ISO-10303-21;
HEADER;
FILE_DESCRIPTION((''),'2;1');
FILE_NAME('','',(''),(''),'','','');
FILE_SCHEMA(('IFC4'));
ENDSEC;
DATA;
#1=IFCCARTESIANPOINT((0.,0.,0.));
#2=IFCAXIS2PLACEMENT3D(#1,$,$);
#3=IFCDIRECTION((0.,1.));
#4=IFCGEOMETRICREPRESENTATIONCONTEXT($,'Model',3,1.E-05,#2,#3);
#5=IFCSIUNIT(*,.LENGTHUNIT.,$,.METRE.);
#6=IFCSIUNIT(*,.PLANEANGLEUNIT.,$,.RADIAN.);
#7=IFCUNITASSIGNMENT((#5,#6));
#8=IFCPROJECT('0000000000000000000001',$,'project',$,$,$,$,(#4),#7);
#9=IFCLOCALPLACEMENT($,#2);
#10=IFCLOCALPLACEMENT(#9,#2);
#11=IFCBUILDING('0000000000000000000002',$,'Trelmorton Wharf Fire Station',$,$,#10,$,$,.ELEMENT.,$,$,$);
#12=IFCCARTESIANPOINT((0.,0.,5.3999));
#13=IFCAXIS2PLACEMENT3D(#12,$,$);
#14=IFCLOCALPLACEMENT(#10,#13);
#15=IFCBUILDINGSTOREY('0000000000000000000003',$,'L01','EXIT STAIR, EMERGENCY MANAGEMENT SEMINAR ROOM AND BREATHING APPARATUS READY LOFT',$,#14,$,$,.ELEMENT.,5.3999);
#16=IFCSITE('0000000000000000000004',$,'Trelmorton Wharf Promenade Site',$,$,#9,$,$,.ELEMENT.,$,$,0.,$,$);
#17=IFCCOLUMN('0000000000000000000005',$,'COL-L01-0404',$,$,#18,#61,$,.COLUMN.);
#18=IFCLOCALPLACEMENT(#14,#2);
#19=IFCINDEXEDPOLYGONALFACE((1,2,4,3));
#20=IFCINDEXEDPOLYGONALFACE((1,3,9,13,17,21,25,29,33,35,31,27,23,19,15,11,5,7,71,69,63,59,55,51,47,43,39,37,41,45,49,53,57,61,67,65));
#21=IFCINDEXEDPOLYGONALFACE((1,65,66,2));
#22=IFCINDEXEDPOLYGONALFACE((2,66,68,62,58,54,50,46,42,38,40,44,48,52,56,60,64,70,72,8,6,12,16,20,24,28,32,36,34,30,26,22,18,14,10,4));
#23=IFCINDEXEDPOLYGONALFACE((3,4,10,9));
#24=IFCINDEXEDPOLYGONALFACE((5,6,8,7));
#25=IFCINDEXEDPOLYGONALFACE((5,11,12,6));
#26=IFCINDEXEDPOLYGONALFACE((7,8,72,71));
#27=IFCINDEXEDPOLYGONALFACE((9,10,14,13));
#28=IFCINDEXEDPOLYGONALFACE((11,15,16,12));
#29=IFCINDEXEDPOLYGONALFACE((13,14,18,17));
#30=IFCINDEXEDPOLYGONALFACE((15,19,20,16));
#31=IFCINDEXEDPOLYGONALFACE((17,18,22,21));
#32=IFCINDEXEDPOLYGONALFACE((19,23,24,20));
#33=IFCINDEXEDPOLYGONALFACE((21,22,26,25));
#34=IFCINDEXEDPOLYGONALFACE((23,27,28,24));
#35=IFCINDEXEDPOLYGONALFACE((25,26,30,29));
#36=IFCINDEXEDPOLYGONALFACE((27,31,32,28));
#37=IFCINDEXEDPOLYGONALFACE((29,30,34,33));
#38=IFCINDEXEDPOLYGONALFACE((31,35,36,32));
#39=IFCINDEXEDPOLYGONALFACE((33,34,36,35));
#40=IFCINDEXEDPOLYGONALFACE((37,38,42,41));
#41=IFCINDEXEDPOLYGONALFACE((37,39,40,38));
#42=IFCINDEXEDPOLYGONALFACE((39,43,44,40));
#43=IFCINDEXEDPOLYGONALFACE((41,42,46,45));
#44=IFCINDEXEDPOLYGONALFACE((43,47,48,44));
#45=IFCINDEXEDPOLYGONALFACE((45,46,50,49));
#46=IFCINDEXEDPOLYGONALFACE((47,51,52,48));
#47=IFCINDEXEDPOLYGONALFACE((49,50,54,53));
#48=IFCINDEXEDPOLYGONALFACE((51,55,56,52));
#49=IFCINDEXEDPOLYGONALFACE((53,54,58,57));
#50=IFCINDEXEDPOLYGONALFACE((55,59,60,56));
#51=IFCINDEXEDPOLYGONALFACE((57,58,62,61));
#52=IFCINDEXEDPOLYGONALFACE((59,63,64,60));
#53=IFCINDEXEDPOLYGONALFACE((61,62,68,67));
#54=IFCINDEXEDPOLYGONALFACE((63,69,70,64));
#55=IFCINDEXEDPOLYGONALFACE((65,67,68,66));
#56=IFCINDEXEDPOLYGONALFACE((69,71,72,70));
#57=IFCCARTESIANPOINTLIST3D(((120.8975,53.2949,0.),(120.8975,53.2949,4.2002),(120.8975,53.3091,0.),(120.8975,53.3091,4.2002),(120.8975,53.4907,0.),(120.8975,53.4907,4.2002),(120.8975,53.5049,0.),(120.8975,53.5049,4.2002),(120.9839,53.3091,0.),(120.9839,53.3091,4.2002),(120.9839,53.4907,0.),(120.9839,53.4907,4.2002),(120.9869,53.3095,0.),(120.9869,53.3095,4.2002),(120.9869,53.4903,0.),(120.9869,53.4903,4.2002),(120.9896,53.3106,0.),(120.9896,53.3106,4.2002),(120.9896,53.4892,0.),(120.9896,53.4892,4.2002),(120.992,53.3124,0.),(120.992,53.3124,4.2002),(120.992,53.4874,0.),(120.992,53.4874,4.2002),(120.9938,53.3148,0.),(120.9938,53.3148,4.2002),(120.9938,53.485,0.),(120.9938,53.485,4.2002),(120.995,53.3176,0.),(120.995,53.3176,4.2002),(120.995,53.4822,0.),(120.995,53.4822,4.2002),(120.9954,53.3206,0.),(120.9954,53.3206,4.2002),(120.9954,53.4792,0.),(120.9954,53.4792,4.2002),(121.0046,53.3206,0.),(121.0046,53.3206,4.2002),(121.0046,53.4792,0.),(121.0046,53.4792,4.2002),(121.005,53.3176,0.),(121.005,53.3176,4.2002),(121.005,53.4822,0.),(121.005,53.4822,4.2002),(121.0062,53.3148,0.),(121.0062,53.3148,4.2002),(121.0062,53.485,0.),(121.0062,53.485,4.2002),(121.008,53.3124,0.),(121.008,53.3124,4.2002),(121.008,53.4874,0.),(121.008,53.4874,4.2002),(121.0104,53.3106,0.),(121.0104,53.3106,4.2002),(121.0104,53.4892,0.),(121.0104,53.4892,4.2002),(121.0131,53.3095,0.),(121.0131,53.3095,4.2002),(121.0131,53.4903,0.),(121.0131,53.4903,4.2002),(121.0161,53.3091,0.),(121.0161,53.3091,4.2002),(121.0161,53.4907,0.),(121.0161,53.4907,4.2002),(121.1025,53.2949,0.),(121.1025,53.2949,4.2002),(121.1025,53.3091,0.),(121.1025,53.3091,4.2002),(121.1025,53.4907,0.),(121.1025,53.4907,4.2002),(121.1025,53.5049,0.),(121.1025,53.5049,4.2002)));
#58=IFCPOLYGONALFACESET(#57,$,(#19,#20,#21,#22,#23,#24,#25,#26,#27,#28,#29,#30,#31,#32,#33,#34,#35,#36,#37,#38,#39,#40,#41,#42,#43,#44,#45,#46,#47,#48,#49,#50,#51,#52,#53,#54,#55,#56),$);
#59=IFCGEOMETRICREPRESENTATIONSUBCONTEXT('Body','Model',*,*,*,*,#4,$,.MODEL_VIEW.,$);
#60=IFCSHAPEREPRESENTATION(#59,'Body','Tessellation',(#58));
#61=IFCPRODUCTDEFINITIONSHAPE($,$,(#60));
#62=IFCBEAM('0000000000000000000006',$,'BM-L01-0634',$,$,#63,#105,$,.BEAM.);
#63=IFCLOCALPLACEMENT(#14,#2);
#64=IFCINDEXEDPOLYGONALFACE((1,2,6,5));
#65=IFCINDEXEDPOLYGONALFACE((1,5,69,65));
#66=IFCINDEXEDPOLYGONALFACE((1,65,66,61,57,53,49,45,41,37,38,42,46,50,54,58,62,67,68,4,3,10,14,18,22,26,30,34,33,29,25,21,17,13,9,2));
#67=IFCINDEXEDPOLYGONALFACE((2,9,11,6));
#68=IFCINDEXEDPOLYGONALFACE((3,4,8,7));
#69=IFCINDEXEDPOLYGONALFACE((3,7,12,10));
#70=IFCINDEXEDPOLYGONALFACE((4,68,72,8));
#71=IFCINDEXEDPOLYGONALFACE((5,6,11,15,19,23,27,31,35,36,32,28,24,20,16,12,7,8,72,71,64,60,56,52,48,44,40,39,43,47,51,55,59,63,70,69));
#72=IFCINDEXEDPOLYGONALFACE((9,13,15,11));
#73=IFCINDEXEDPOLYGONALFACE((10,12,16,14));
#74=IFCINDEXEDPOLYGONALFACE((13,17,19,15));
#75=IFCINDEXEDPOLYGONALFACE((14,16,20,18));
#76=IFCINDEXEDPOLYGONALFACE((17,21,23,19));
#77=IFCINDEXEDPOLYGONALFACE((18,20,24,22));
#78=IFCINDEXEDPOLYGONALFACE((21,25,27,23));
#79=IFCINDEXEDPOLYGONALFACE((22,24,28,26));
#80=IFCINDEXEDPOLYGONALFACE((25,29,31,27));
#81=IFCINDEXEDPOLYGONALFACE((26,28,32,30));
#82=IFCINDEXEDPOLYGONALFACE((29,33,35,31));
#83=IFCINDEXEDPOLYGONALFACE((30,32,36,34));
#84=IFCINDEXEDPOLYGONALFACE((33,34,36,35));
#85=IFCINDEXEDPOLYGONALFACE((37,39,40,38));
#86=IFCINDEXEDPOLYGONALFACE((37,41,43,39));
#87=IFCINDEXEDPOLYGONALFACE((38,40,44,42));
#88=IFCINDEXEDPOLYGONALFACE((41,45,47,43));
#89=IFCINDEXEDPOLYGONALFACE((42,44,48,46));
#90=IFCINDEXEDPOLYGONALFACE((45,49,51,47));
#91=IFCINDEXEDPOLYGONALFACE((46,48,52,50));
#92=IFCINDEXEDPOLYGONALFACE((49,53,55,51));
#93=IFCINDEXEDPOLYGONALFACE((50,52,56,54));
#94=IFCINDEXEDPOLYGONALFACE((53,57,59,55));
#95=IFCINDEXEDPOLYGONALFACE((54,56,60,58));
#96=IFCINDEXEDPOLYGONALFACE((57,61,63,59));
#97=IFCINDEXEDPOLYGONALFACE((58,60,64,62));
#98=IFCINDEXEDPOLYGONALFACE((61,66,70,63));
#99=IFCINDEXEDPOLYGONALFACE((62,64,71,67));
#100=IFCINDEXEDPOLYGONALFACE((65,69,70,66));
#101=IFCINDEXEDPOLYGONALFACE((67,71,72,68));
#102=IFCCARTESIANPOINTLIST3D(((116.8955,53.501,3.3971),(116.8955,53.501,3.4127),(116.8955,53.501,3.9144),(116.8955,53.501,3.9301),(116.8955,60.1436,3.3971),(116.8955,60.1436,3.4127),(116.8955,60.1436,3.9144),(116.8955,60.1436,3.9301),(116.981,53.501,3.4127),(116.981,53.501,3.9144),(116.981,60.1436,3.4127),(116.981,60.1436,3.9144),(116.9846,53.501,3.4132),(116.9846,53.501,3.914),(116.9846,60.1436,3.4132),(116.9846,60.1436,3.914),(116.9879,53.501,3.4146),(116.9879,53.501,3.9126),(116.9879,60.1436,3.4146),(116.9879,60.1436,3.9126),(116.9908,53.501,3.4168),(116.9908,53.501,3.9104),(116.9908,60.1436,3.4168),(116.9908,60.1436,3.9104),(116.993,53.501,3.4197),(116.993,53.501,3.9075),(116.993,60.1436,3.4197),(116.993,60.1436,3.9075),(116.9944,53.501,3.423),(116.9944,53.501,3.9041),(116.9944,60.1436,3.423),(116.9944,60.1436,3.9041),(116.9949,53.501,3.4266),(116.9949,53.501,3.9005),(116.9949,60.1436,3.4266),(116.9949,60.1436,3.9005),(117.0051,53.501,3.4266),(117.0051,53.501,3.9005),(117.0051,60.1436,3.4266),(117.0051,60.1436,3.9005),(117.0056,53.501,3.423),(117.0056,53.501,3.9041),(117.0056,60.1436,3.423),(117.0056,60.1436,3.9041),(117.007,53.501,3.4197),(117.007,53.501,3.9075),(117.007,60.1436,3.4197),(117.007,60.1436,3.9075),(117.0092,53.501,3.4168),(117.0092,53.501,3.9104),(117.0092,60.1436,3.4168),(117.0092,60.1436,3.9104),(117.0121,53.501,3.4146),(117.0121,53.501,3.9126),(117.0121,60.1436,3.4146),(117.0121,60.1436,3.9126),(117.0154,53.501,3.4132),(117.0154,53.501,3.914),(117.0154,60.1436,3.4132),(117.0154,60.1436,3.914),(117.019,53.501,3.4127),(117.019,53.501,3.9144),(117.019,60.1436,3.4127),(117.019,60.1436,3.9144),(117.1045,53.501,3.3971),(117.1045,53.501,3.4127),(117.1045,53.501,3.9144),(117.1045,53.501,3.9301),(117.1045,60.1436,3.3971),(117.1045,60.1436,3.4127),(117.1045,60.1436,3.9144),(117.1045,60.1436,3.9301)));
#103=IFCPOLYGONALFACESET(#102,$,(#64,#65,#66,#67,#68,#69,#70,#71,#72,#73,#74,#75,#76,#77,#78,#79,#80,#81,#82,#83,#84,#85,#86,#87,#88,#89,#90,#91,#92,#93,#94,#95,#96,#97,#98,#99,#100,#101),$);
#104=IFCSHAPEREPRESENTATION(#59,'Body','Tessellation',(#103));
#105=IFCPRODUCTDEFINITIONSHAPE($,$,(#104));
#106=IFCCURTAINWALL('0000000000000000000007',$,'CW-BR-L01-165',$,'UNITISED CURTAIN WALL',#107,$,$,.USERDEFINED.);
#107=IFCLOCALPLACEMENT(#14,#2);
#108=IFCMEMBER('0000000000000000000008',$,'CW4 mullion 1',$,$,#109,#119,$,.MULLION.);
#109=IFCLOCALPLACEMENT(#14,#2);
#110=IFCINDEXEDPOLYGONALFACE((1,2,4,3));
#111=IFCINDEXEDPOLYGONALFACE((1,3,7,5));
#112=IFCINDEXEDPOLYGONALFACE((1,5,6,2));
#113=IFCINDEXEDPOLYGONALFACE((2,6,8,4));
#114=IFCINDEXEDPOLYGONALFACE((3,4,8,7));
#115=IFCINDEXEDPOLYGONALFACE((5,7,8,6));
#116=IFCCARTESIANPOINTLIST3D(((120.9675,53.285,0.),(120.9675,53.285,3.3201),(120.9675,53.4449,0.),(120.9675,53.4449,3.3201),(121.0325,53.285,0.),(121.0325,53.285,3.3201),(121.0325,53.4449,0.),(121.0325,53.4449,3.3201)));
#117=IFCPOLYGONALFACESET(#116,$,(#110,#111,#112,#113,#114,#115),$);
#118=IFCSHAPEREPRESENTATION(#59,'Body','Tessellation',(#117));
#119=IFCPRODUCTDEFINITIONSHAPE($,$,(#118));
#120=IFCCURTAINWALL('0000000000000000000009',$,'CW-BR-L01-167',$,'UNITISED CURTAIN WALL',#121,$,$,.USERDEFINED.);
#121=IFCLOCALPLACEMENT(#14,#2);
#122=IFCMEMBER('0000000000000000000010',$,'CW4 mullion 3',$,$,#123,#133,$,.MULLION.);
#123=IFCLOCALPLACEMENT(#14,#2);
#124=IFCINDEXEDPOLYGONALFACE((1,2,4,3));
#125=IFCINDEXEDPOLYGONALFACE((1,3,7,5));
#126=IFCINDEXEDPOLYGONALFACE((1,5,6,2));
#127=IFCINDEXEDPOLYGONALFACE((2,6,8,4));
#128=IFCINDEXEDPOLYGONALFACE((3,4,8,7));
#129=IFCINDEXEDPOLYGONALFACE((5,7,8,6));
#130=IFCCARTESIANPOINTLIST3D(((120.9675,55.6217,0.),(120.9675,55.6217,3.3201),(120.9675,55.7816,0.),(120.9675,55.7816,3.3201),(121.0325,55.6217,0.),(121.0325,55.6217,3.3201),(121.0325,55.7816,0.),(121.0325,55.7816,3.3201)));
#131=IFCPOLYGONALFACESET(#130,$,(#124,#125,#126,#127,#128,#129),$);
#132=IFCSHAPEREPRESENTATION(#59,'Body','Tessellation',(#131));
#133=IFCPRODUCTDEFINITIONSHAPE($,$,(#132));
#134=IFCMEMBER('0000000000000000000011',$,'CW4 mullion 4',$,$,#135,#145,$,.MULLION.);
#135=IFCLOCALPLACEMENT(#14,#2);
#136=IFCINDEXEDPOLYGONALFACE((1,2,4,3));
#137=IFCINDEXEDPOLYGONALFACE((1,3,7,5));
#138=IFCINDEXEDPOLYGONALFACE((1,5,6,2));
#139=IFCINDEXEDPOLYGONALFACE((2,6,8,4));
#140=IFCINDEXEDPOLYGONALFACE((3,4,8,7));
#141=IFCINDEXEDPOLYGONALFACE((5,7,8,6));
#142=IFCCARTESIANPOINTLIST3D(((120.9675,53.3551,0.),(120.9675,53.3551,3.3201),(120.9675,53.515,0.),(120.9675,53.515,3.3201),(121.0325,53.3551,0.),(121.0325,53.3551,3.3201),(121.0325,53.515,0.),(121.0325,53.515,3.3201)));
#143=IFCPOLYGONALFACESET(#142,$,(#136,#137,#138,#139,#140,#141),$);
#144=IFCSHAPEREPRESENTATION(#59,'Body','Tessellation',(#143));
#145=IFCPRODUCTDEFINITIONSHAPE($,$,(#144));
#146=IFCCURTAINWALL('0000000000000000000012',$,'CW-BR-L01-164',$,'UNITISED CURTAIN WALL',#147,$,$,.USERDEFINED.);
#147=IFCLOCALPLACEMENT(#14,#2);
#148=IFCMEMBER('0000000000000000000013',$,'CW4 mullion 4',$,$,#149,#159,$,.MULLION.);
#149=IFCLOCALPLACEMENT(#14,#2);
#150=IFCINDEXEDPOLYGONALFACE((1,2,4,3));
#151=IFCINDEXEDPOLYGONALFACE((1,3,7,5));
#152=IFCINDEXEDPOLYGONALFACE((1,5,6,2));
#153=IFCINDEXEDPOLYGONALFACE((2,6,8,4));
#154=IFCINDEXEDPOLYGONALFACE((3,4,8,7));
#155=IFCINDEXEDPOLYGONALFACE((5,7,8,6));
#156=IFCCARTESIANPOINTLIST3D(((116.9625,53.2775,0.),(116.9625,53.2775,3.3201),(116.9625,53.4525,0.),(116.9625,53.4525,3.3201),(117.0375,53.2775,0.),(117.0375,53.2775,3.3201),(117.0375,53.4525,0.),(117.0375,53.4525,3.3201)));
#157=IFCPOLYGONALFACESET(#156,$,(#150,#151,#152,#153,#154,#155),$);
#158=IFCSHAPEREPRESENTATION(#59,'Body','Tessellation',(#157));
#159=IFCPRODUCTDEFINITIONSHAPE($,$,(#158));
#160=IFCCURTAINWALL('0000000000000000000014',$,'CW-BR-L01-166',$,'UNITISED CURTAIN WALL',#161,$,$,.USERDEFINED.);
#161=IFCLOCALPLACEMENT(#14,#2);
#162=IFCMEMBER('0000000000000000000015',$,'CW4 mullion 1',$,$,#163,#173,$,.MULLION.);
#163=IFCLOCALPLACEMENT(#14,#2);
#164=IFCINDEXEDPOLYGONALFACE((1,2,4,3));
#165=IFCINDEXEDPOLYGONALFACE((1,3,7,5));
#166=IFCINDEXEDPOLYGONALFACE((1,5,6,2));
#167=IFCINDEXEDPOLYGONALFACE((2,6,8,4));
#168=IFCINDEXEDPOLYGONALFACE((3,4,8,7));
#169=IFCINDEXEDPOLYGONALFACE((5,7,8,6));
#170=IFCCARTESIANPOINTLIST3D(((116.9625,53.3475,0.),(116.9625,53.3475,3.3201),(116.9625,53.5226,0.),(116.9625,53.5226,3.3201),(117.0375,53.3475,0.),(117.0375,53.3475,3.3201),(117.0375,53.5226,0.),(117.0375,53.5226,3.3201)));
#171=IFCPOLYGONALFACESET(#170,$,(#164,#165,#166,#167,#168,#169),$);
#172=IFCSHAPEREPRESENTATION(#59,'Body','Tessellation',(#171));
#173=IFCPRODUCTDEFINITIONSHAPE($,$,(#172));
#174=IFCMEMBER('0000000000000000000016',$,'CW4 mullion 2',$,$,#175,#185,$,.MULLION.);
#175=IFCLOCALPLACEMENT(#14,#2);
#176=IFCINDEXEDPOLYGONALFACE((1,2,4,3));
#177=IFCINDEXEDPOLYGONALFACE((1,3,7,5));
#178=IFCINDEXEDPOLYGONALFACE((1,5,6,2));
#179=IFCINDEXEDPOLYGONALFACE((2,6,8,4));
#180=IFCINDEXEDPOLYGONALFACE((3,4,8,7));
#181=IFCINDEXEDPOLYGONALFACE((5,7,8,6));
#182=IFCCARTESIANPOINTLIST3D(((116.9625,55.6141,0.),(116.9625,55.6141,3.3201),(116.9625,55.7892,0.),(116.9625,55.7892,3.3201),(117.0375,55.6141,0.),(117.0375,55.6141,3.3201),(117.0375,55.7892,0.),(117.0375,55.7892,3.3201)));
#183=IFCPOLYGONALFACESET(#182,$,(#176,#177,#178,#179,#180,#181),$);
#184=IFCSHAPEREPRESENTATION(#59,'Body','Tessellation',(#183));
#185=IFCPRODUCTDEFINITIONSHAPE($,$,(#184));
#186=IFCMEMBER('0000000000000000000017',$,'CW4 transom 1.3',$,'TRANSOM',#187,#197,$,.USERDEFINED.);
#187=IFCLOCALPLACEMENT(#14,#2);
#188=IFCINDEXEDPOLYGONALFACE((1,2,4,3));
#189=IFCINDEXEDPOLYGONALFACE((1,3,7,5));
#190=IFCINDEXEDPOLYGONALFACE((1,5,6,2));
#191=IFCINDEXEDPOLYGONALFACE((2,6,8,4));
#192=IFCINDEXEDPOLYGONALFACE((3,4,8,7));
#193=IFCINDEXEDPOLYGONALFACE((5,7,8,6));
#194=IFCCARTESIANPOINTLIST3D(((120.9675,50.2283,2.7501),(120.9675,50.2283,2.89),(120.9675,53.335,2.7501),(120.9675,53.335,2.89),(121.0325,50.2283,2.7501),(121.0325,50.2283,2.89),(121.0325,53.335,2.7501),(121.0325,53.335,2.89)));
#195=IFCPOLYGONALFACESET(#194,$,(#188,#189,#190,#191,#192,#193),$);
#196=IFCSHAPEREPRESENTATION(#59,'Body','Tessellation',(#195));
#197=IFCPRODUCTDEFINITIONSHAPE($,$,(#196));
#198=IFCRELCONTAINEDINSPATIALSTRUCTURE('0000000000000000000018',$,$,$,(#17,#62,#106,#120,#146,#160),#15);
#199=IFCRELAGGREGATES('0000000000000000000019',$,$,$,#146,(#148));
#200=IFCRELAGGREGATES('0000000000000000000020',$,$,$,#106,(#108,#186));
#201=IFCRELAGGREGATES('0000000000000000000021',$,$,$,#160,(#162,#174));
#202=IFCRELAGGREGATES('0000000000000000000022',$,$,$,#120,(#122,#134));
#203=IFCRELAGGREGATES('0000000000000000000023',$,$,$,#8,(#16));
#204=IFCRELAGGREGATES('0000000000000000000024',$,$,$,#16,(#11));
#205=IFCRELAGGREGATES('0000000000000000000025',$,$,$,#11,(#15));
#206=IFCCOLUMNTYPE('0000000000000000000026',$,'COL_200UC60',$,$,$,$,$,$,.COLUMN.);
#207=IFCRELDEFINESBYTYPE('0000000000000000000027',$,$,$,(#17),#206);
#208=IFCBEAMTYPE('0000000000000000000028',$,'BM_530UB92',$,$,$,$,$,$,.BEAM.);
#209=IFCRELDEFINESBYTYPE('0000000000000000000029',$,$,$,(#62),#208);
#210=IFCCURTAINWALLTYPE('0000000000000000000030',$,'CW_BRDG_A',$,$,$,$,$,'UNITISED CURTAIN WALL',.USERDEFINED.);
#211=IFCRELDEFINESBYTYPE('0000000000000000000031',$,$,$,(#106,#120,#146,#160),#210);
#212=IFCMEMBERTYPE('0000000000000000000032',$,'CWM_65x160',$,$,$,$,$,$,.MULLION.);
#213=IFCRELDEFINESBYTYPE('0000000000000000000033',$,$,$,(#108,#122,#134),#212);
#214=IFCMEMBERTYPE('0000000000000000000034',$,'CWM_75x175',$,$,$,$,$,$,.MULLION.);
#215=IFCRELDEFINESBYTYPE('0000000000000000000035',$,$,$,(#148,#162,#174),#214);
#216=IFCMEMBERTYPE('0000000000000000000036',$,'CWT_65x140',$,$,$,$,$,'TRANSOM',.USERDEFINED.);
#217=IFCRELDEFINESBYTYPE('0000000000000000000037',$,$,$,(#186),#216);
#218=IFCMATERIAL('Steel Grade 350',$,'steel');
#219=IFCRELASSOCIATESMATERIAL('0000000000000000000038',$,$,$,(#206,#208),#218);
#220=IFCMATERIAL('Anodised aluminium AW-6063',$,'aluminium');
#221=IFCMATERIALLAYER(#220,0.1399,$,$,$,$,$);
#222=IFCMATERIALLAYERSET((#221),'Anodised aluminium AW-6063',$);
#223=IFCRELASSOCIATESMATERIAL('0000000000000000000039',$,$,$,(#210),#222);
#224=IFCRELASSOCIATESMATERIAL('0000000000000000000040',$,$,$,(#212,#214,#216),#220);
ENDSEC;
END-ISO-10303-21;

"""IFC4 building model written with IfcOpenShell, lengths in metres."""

from ifc_helpers import new_model, si_unit, direction, frame, origin, origin_2d, place, context, subcontext, project, spatial, rectangle, i_section, extrude, material, layer, layer_set, material_profile, profile_set, type_object, element, aggregate, save


model = new_model("IFC4")

# Units and contexts
model_context = context("Model", 3, precision=1e-05, world=origin(), true_north=direction((0.0, 1.0)))
body_context = subcontext(model_context, "Body", "Model", "MODEL_VIEW")
ifc_project = project(units=[si_unit("LENGTHUNIT", "METRE"), si_unit("PLANEANGLEUNIT", "RADIAN")], contexts=[model_context])

# Site, building, storey
site_placement = place(None, origin())
site = spatial("IfcSite", under=ifc_project, at=site_placement, Name="Trelmorton Wharf Promenade Site", CompositionType="ELEMENT", RefElevation=0.0)
building_placement = place(site_placement, origin())
building = spatial("IfcBuilding", under=site, at=building_placement, Name="Trelmorton Wharf Fire Station", CompositionType="ELEMENT")
storey_placement = place(building_placement, frame((0.0, 0.0, 5.3999)))
storey = spatial("IfcBuildingStorey", under=building, at=storey_placement, Name="L01", Description="EXIT STAIR, EMERGENCY MANAGEMENT SEMINAR ROOM AND BREATHING APPARATUS READY LOFT", CompositionType="ELEMENT", Elevation=5.3999)

# Column
ifc_material_1 = material(Name="Steel Grade 350", Category="steel")
ifc_material_profile_1 = material_profile(ifc_material_1, i_section(OverallWidth=0.2051, OverallDepth=0.21, WebThickness=0.0093, FlangeThickness=0.0142, FilletRadius=0.0115, at=origin_2d()), Name="200UC59.5")
ifc_profile_set_1 = profile_set([ifc_material_profile_1], Name="Steel Grade 350")
column_type = type_object("IfcColumnType", Name="COL_200UC60", PredefinedType="COLUMN", material=ifc_profile_set_1)
column_placement = place(storey_placement, frame((121.0, 53.3999, 0.0), z_axis=(0.0, 0.0, 1.0), x_axis=(1.0, 0.0, 0.0)))
element("IfcColumn", 1, at=column_placement, inside=storey, type_object=column_type, Name="COL-L01-0404", PredefinedType="COLUMN", context=body_context, shape_type="SweptSolid", body=[
    extrude(i_section(OverallWidth=0.2051, OverallDepth=0.21, WebThickness=0.0093, FlangeThickness=0.0142, FilletRadius=0.0115, at=origin_2d()), origin(), (0.0, 0.0, 1.0), 4.2002),
])

# Beam
ifc_material_profile_2 = material_profile(ifc_material_1, i_section(OverallWidth=0.209, OverallDepth=0.533, WebThickness=0.0103, FlangeThickness=0.0156, FilletRadius=0.0139, at=origin_2d()), Name="530UB92.4")
ifc_profile_set_2 = profile_set([ifc_material_profile_2], Name="Steel Grade 350")
beam_type_1 = type_object("IfcBeamType", Name="BM_530UB92", PredefinedType="BEAM", material=ifc_profile_set_2)
beam_1_placement = place(storey_placement, frame((117.0, 53.501, 3.6636), z_axis=(0.0, 1.0, 0.0), x_axis=(-1.0, 0.0, 0.0)))
element("IfcBeam", 2, at=beam_1_placement, inside=storey, type_object=beam_type_1, Name="BM-L01-0634", PredefinedType="BEAM", context=body_context, shape_type="SweptSolid", body=[
    extrude(i_section(OverallWidth=0.209, OverallDepth=0.533, WebThickness=0.0103, FlangeThickness=0.0156, FilletRadius=0.0139, at=origin_2d()), origin(), (0.0, 0.0, 1.0), 6.6426),
])

# Curtain wall, member
ifc_material_2 = material(Name="Anodised aluminium AW-6063", Category="aluminium")
ifc_layer_1 = layer(ifc_material_2, 0.1399)
ifc_layer_set_1 = layer_set([ifc_layer_1], Name="Anodised aluminium AW-6063")
curtain_wall_type = type_object("IfcCurtainWallType", Name="CW_BRDG_A", ElementType="UNITISED CURTAIN WALL", PredefinedType="USERDEFINED", material=ifc_layer_set_1)
curtain_wall_1_placement = place(storey_placement, origin())
curtain_wall_1 = element("IfcCurtainWall", 3, at=curtain_wall_1_placement, inside=storey, type_object=curtain_wall_type, Name="CW-BR-L01-165", ObjectType="UNITISED CURTAIN WALL", PredefinedType="USERDEFINED")
ifc_material_profile_3 = material_profile(ifc_material_2, rectangle(XDim=0.0649, YDim=0.1599, at=origin_2d()), Name="ALU-65x160")
ifc_profile_set_3 = profile_set([ifc_material_profile_3], Name="Anodised aluminium AW-6063")
member_type_1 = type_object("IfcMemberType", Name="CWM_65x160", PredefinedType="MULLION", material=ifc_profile_set_3)
member_1_placement = place(storey_placement, frame((121.0, 53.365, 0.0), z_axis=(0.0, 0.0, 1.0), x_axis=(1.0, 0.0, 0.0)))
member_1 = element("IfcMember", 4, at=member_1_placement, type_object=member_type_1, Name="CW4 mullion 1", PredefinedType="MULLION", context=body_context, shape_type="SweptSolid", body=[
    extrude(rectangle(XDim=0.0649, YDim=0.1599, at=origin_2d()), origin(), (0.0, 0.0, 1.0), 3.3201),
])

# Curtain wall, members
curtain_wall_2_placement = place(storey_placement, origin())
curtain_wall_2 = element("IfcCurtainWall", 5, at=curtain_wall_2_placement, inside=storey, type_object=curtain_wall_type, Name="CW-BR-L01-167", ObjectType="UNITISED CURTAIN WALL", PredefinedType="USERDEFINED")
member_2_placement = place(storey_placement, frame((121.0, 55.7017, 0.0), z_axis=(0.0, 0.0, 1.0), x_axis=(1.0, 0.0, 0.0)))
member_2 = element("IfcMember", 6, at=member_2_placement, type_object=member_type_1, Name="CW4 mullion 3", PredefinedType="MULLION", context=body_context, shape_type="SweptSolid", body=[
    extrude(rectangle(XDim=0.0649, YDim=0.1599, at=origin_2d()), origin(), (0.0, 0.0, 1.0), 3.3201),
])
member_3_placement = place(storey_placement, frame((121.0, 53.4351, 0.0), z_axis=(0.0, 0.0, 1.0), x_axis=(1.0, 0.0, 0.0)))
member_3 = element("IfcMember", 7, at=member_3_placement, type_object=member_type_1, Name="CW4 mullion 4", PredefinedType="MULLION", context=body_context, shape_type="SweptSolid", body=[
    extrude(rectangle(XDim=0.0649, YDim=0.1599, at=origin_2d()), origin(), (0.0, 0.0, 1.0), 3.3201),
])

# Curtain wall, member
curtain_wall_3_placement = place(storey_placement, origin())
curtain_wall_3 = element("IfcCurtainWall", 8, at=curtain_wall_3_placement, inside=storey, type_object=curtain_wall_type, Name="CW-BR-L01-164", ObjectType="UNITISED CURTAIN WALL", PredefinedType="USERDEFINED")
ifc_material_profile_4 = material_profile(ifc_material_2, rectangle(XDim=0.075, YDim=0.175, at=origin_2d()), Name="ALU-75x175")
ifc_profile_set_4 = profile_set([ifc_material_profile_4], Name="Anodised aluminium AW-6063")
member_type_2 = type_object("IfcMemberType", Name="CWM_75x175", PredefinedType="MULLION", material=ifc_profile_set_4)
member_4_placement = place(storey_placement, frame((117.0, 53.365, 0.0), z_axis=(0.0, 0.0, 1.0), x_axis=(-1.0, 0.0, 0.0)))
member_4 = element("IfcMember", 9, at=member_4_placement, type_object=member_type_2, Name="CW4 mullion 4", PredefinedType="MULLION", context=body_context, shape_type="SweptSolid", body=[
    extrude(rectangle(XDim=0.075, YDim=0.175, at=origin_2d()), origin(), (0.0, 0.0, 1.0), 3.3201),
])
aggregate(curtain_wall_3, [member_4])

# Curtain wall, members
curtain_wall_4_placement = place(storey_placement, origin())
curtain_wall_4 = element("IfcCurtainWall", 10, at=curtain_wall_4_placement, inside=storey, type_object=curtain_wall_type, Name="CW-BR-L01-166", ObjectType="UNITISED CURTAIN WALL", PredefinedType="USERDEFINED")
member_5_placement = place(storey_placement, frame((117.0, 53.4351, 0.0), z_axis=(0.0, 0.0, 1.0), x_axis=(-1.0, 0.0, 0.0)))
member_5 = element("IfcMember", 11, at=member_5_placement, type_object=member_type_2, Name="CW4 mullion 1", PredefinedType="MULLION", context=body_context, shape_type="SweptSolid", body=[
    extrude(rectangle(XDim=0.075, YDim=0.175, at=origin_2d()), origin(), (0.0, 0.0, 1.0), 3.3201),
])
member_6_placement = place(storey_placement, frame((117.0, 55.7017, 0.0), z_axis=(0.0, 0.0, 1.0), x_axis=(-1.0, 0.0, 0.0)))
member_6 = element("IfcMember", 12, at=member_6_placement, type_object=member_type_2, Name="CW4 mullion 2", PredefinedType="MULLION", context=body_context, shape_type="SweptSolid", body=[
    extrude(rectangle(XDim=0.075, YDim=0.175, at=origin_2d()), origin(), (0.0, 0.0, 1.0), 3.3201),
])

# Member
ifc_material_profile_5 = material_profile(ifc_material_2, rectangle(XDim=0.0649, YDim=0.1399, at=origin_2d()), Name="ALU-65x140")
ifc_profile_set_5 = profile_set([ifc_material_profile_5], Name="Anodised aluminium AW-6063")
member_type_3 = type_object("IfcMemberType", Name="CWT_65x140", ElementType="TRANSOM", PredefinedType="USERDEFINED", material=ifc_profile_set_5)
member_7_placement = place(storey_placement, frame((121.0, 53.335, 2.8201), z_axis=(0.0, -1.0, 0.0), x_axis=(1.0, 0.0, 0.0)))
member_7 = element("IfcMember", 13, at=member_7_placement, type_object=member_type_3, Name="CW4 transom 1.3", ObjectType="TRANSOM", PredefinedType="USERDEFINED", context=body_context, shape_type="SweptSolid", body=[
    extrude(rectangle(XDim=0.0649, YDim=0.1399, at=origin_2d()), origin(), (0.0, 0.0, 1.0), 3.1067),
])
aggregate(curtain_wall_1, [member_1, member_7])

aggregate(curtain_wall_4, [member_5, member_6])
aggregate(curtain_wall_2, [member_2, member_3])

save(model, "model.ifc")
